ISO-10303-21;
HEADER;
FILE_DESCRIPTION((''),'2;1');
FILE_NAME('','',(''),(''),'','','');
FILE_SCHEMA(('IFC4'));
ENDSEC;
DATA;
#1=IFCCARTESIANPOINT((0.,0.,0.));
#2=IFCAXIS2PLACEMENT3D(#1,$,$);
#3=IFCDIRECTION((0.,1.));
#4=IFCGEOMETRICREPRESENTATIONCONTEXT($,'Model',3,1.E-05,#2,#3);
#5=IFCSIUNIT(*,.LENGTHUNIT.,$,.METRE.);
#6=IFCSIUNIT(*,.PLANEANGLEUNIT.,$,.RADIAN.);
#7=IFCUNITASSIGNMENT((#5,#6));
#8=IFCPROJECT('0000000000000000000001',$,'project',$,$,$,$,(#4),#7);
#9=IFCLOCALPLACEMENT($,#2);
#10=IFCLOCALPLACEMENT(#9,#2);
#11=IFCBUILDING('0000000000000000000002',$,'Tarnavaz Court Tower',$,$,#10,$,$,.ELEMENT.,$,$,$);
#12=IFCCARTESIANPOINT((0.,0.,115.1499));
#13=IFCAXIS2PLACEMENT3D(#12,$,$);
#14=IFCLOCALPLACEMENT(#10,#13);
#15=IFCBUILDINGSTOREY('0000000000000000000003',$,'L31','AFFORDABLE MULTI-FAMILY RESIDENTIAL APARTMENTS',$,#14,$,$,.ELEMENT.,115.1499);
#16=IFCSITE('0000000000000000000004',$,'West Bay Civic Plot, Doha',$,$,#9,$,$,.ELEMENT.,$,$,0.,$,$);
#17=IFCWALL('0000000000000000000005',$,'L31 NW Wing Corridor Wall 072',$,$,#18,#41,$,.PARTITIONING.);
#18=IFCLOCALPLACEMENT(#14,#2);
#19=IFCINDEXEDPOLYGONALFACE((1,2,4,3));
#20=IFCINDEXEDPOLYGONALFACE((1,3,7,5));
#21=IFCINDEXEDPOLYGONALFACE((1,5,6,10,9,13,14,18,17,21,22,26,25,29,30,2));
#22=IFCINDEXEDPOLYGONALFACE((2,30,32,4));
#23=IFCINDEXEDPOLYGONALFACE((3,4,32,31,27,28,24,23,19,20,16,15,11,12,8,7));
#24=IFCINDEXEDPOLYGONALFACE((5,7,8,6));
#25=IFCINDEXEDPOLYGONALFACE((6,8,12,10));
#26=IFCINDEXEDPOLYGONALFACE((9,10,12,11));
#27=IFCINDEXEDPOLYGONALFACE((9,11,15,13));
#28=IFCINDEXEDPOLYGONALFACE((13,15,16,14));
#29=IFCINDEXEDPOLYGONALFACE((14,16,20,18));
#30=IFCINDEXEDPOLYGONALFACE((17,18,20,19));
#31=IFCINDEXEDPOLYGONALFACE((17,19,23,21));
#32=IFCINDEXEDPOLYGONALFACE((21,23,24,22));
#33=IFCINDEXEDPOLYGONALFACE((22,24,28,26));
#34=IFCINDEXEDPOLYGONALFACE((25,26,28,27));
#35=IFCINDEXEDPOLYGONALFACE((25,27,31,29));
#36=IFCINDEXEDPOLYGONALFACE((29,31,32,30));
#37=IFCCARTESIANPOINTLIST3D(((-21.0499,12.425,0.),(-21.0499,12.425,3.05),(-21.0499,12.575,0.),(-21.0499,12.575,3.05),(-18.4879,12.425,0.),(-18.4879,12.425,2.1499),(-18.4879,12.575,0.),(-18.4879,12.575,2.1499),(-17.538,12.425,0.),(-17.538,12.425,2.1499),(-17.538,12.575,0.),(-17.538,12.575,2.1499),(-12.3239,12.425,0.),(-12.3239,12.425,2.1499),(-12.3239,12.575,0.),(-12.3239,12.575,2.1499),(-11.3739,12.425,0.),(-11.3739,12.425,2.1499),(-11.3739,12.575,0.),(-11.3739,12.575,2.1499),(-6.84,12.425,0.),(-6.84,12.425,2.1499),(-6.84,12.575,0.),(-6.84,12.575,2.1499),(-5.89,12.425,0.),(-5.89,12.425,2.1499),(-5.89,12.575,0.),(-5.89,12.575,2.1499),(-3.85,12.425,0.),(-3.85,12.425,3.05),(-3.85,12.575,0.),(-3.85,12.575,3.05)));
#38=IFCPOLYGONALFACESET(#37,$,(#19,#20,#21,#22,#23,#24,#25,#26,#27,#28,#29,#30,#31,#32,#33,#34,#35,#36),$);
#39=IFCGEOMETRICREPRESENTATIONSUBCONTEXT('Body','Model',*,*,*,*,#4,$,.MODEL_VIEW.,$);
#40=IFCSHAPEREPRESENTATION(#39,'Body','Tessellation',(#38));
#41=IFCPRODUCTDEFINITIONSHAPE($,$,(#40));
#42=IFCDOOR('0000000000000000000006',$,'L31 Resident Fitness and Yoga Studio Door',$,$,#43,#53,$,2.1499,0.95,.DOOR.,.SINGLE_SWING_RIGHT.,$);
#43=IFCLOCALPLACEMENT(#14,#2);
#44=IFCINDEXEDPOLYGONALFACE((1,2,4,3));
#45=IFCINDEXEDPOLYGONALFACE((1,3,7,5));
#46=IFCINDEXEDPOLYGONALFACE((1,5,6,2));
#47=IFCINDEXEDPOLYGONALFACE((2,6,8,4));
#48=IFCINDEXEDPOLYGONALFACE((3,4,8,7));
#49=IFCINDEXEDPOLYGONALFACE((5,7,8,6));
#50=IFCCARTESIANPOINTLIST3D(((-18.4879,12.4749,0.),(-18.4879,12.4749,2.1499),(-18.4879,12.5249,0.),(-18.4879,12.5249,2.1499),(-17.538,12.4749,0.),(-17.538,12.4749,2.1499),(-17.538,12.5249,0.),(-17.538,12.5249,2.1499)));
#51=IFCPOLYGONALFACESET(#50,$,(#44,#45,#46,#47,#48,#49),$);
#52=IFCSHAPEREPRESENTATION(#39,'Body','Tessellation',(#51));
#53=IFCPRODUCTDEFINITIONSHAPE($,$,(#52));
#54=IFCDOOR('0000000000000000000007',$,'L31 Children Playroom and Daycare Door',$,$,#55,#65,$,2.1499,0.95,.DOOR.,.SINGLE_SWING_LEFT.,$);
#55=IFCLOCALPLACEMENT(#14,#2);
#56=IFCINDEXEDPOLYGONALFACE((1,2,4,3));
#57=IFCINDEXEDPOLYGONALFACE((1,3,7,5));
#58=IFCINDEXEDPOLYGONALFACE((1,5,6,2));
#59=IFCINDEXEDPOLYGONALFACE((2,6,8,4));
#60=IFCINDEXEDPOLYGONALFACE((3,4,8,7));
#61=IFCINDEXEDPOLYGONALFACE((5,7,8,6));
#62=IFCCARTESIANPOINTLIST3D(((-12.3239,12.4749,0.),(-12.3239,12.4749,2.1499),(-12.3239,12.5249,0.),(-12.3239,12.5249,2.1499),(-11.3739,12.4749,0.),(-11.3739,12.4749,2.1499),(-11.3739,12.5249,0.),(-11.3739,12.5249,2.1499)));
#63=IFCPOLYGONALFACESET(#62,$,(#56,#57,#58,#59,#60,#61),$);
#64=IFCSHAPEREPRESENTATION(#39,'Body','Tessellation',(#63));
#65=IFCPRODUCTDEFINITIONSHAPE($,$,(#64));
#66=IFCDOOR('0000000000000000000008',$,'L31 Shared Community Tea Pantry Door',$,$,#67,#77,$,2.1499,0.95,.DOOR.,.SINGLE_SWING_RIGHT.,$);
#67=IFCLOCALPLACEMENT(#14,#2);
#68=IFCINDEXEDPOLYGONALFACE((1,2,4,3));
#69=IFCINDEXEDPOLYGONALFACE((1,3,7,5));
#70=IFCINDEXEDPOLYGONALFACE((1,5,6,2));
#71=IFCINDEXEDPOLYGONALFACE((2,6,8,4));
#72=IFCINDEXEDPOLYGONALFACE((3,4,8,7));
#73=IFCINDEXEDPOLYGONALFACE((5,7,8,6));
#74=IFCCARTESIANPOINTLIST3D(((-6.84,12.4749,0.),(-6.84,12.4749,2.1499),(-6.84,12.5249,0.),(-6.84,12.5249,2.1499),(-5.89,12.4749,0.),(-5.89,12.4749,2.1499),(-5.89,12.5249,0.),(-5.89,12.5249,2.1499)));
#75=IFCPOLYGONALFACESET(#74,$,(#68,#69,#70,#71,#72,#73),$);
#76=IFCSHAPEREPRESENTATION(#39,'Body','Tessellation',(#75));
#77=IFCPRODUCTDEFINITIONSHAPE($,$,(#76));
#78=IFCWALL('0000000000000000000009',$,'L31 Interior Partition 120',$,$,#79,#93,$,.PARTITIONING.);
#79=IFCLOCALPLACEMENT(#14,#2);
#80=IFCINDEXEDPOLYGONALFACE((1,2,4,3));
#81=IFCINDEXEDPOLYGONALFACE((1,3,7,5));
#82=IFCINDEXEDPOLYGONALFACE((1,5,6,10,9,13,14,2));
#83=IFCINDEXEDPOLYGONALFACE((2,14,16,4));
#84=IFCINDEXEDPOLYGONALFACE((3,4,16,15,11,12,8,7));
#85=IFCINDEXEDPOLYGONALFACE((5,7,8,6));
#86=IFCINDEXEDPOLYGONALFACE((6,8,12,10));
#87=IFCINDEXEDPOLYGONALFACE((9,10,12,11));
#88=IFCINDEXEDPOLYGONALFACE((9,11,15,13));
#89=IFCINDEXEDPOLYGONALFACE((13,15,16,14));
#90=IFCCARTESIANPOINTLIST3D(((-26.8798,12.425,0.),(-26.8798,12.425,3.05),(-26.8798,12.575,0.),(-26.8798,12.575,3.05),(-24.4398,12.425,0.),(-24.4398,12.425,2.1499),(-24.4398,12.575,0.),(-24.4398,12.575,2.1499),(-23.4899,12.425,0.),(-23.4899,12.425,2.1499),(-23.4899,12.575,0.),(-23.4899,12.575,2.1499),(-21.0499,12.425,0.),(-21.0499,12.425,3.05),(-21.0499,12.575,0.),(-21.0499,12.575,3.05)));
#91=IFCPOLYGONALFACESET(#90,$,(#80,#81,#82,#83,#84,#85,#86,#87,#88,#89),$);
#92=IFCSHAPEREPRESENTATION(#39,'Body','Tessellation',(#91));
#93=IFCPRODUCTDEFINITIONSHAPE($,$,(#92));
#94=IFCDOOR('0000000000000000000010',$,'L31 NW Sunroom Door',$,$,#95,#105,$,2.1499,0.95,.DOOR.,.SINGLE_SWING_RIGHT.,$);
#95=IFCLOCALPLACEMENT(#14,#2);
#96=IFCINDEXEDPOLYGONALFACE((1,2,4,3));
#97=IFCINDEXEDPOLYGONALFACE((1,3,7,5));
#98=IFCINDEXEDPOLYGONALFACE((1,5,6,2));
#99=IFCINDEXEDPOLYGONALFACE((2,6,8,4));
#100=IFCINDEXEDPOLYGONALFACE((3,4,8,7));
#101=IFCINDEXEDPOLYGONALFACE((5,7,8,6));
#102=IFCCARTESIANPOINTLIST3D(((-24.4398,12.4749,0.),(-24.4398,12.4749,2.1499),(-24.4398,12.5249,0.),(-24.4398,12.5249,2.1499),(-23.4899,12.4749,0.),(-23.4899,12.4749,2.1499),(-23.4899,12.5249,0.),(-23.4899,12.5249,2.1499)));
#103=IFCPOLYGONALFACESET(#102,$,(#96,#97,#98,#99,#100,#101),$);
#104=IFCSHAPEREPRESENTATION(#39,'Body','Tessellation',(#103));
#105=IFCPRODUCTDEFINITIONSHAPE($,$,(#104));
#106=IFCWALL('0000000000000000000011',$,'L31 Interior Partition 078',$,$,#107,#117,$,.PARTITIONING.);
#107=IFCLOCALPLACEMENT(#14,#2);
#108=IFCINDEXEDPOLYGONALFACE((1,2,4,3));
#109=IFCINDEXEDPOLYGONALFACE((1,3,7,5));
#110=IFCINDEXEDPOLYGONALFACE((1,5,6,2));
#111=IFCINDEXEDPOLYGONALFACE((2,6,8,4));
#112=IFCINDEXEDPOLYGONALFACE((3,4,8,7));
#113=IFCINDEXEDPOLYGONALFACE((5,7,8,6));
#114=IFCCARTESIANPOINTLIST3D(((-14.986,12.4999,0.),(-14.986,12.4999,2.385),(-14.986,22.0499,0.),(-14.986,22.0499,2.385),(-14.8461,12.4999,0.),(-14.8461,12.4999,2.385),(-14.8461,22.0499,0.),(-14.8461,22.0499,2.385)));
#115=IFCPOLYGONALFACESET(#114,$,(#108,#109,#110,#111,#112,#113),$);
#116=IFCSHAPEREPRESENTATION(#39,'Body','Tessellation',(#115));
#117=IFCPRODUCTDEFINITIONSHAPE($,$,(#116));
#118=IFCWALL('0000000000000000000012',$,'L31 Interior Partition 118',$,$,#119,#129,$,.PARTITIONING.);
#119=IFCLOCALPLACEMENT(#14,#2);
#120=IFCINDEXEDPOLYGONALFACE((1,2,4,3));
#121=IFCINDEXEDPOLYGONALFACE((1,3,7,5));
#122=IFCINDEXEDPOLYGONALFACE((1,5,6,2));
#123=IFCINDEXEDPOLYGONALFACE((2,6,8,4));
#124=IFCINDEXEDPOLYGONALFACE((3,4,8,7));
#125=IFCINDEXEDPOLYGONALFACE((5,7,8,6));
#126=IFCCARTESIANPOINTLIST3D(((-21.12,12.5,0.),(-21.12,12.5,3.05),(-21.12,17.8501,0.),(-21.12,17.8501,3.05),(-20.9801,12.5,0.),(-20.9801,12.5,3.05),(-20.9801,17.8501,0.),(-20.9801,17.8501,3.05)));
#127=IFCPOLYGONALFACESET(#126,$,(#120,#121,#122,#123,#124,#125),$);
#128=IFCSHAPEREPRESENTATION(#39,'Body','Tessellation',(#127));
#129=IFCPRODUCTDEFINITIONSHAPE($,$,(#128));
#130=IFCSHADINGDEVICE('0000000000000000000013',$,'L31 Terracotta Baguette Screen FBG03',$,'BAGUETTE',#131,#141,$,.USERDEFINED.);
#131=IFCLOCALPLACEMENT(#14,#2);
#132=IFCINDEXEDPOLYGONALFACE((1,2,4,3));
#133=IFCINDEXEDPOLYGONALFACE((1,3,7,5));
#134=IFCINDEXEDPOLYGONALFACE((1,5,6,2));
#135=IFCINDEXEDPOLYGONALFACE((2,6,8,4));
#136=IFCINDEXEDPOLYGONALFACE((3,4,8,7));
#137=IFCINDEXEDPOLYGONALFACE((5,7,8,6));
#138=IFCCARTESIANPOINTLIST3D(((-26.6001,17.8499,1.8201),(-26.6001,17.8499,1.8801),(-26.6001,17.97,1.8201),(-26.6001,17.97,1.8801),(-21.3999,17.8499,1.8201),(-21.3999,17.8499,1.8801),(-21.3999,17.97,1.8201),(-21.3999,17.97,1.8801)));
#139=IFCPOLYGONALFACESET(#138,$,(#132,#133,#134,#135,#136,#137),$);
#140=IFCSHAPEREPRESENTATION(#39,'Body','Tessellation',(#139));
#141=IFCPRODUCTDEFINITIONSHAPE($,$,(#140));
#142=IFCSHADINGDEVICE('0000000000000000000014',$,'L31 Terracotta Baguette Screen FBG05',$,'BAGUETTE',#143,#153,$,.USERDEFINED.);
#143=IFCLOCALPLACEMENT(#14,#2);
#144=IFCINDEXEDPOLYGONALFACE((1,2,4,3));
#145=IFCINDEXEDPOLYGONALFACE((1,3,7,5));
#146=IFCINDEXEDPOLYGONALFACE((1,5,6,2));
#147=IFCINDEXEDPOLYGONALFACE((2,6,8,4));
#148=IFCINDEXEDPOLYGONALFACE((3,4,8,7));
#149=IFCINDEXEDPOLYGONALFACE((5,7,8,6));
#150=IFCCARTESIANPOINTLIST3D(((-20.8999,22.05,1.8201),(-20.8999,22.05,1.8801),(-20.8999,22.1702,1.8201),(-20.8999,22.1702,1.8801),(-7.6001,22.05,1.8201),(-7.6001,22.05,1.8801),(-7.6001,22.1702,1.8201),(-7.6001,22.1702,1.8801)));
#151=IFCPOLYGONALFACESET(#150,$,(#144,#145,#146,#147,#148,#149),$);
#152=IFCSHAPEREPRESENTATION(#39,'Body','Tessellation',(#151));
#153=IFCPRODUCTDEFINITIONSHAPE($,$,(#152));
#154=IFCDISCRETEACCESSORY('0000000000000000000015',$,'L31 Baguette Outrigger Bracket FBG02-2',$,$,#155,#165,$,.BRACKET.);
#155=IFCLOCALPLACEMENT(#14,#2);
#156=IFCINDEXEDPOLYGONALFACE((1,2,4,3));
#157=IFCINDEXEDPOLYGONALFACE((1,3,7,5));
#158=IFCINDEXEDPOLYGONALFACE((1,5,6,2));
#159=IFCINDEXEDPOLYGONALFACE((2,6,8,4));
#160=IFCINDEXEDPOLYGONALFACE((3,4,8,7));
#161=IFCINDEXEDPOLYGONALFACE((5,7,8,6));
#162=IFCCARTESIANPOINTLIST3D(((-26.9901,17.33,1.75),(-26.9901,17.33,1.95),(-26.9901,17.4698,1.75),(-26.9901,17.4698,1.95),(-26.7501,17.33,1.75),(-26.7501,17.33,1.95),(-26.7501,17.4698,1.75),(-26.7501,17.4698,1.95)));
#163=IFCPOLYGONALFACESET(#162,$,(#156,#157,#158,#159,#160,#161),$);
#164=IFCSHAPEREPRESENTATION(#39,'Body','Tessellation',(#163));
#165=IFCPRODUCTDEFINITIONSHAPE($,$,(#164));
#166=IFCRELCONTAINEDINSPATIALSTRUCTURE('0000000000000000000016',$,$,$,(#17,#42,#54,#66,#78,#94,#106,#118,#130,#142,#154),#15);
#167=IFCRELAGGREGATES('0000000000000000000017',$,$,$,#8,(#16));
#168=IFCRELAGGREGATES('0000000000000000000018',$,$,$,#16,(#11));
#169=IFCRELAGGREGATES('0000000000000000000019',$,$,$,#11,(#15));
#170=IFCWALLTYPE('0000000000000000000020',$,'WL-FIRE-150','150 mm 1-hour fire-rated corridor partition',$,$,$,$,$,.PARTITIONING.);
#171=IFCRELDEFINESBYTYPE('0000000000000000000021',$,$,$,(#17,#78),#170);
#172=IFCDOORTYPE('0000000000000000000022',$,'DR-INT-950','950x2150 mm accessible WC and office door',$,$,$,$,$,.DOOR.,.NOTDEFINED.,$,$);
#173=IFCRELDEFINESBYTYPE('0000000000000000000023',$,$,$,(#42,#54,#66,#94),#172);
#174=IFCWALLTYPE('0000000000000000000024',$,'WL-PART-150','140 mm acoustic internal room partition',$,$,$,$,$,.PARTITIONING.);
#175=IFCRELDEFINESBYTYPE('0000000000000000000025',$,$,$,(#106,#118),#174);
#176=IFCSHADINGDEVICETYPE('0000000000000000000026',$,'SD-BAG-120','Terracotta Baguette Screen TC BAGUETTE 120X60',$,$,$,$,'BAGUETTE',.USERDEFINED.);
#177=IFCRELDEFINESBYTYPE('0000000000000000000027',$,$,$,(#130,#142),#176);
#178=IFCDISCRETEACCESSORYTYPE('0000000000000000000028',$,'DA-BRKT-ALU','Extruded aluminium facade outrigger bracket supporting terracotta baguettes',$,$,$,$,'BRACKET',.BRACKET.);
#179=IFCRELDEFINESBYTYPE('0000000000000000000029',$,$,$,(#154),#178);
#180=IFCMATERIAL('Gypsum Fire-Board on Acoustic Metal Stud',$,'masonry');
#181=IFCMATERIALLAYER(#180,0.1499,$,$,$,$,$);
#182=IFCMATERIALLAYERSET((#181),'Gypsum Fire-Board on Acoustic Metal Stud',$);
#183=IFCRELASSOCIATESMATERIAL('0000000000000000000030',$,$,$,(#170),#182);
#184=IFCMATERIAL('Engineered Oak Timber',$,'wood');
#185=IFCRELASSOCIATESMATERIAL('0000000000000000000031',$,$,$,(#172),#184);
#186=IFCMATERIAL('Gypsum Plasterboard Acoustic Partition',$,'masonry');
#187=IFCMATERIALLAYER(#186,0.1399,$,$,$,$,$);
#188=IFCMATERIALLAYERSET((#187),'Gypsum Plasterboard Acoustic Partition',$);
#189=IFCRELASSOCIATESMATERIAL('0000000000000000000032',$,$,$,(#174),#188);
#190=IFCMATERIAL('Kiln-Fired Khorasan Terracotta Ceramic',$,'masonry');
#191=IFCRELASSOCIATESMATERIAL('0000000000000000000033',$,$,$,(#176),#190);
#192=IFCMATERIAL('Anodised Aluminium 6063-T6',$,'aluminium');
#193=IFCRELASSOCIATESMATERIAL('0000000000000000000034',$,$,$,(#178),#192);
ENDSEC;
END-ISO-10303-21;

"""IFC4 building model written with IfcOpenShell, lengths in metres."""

from ifc_helpers import new_model, si_unit, direction, frame, frame_2d, origin, origin_2d, place, context, subcontext, project, spatial, rectangle, extrude, material, layer, layer_set, material_profile, profile_set, type_object, element, fill, save


model = new_model("IFC4")

# Units and contexts
model_context = context("Model", 3, precision=1e-05, world=origin(), true_north=direction((0.0, 1.0)))
body_context = subcontext(model_context, "Body", "Model", "MODEL_VIEW")
ifc_project = project(units=[si_unit("LENGTHUNIT", "METRE"), si_unit("PLANEANGLEUNIT", "RADIAN")], contexts=[model_context])

# Site, building, storey
site_placement = place(None, origin())
site = spatial("IfcSite", under=ifc_project, at=site_placement, Name="West Bay Civic Plot, Doha", CompositionType="ELEMENT", RefElevation=0.0)
building_placement = place(site_placement, origin())
building = spatial("IfcBuilding", under=site, at=building_placement, Name="Tarnavaz Court Tower", CompositionType="ELEMENT")
storey_placement = place(building_placement, frame((0.0, 0.0, 115.1499)))
storey = spatial("IfcBuildingStorey", under=building, at=storey_placement, Name="L31", Description="AFFORDABLE MULTI-FAMILY RESIDENTIAL APARTMENTS", CompositionType="ELEMENT", Elevation=115.1499)

# Wall, openings, doors
ifc_material_1 = material(Name="Gypsum Fire-Board on Acoustic Metal Stud", Category="masonry")
ifc_layer_1 = layer(ifc_material_1, 0.1499)
ifc_layer_set_1 = layer_set([ifc_layer_1], Name="Gypsum Fire-Board on Acoustic Metal Stud")
wall_type_1 = type_object("IfcWallType", Name="WL-FIRE-150", Description="150 mm 1-hour fire-rated corridor partition", PredefinedType="PARTITIONING", material=ifc_layer_set_1)
wall_1_placement = place(storey_placement, frame((-21.05, 12.5, 0.0), z_axis=(0.0, 0.0, 1.0), x_axis=(1.0, 0.0, 0.0)))
wall_1 = element("IfcWall", 1, at=wall_1_placement, inside=storey, type_object=wall_type_1, Name="L31 NW Wing Corridor Wall 072", PredefinedType="PARTITIONING", context=body_context, shape_type="SweptSolid", body=[
    extrude(rectangle(XDim=17.2, YDim=0.1499, at=frame_2d((8.6001, 0.0))), origin(), (0.0, 0.0, 1.0), 3.05),
])
opening_1_placement = place(wall_1_placement, frame((2.562, 0.0, 0.0)))
opening_1 = element("IfcOpeningElement", 2, at=opening_1_placement, cuts=wall_1, PredefinedType="OPENING", context=body_context, shape_type="SweptSolid", body=[
    extrude(rectangle(XDim=0.95, YDim=2.1499, at=frame_2d((0.4751, 1.075))), frame((0.0, 0.085, 0.0), z_axis=(0.0, -1.0, 0.0), x_axis=(1.0, 0.0, 0.0)), (0.0, 0.0, 1.0), 0.1699),
])
opening_2_placement = place(wall_1_placement, frame((8.7261, 0.0, 0.0)))
opening_2 = element("IfcOpeningElement", 3, at=opening_2_placement, cuts=wall_1, PredefinedType="OPENING", context=body_context, shape_type="SweptSolid", body=[
    extrude(rectangle(XDim=0.95, YDim=2.1499, at=frame_2d((0.4751, 1.075))), frame((0.0, 0.085, 0.0), z_axis=(0.0, -1.0, 0.0), x_axis=(1.0, 0.0, 0.0)), (0.0, 0.0, 1.0), 0.1699),
])
opening_3_placement = place(wall_1_placement, frame((14.21, 0.0, 0.0)))
opening_3 = element("IfcOpeningElement", 4, at=opening_3_placement, cuts=wall_1, PredefinedType="OPENING", context=body_context, shape_type="SweptSolid", body=[
    extrude(rectangle(XDim=0.95, YDim=2.1499, at=frame_2d((0.4751, 1.075))), frame((0.0, 0.085, 0.0), z_axis=(0.0, -1.0, 0.0), x_axis=(1.0, 0.0, 0.0)), (0.0, 0.0, 1.0), 0.1699),
])
ifc_material_2 = material(Name="Engineered Oak Timber", Category="wood")
door_type = type_object("IfcDoorType", Name="DR-INT-950", Description="950x2150 mm accessible WC and office door", OperationType="NOTDEFINED", PredefinedType="DOOR", material=ifc_material_2)
door_1_placement = place(opening_1_placement, origin())
door_1 = element("IfcDoor", 5, at=door_1_placement, inside=storey, type_object=door_type, Name="L31 Resident Fitness and Yoga Studio Door", OperationType="SINGLE_SWING_RIGHT", OverallHeight=2.1499, OverallWidth=0.95, PredefinedType="DOOR", context=body_context, shape_type="SweptSolid", body=[
    extrude(rectangle(XDim=0.95, YDim=2.1499, at=frame_2d((0.4751, 1.075))), frame((0.0, 0.0249, 0.0), z_axis=(0.0, -1.0, 0.0), x_axis=(1.0, 0.0, 0.0)), (0.0, 0.0, 1.0), 0.05),
])
fill(opening_1, door_1)
door_2_placement = place(opening_2_placement, origin())
door_2 = element("IfcDoor", 6, at=door_2_placement, inside=storey, type_object=door_type, Name="L31 Children Playroom and Daycare Door", OperationType="SINGLE_SWING_LEFT", OverallHeight=2.1499, OverallWidth=0.95, PredefinedType="DOOR", context=body_context, shape_type="SweptSolid", body=[
    extrude(rectangle(XDim=0.95, YDim=2.1499, at=frame_2d((0.4751, 1.075))), frame((0.0, 0.0249, 0.0), z_axis=(0.0, -1.0, 0.0), x_axis=(1.0, 0.0, 0.0)), (0.0, 0.0, 1.0), 0.05),
])
fill(opening_2, door_2)
door_3_placement = place(opening_3_placement, origin())
door_3 = element("IfcDoor", 7, at=door_3_placement, inside=storey, type_object=door_type, Name="L31 Shared Community Tea Pantry Door", OperationType="SINGLE_SWING_RIGHT", OverallHeight=2.1499, OverallWidth=0.95, PredefinedType="DOOR", context=body_context, shape_type="SweptSolid", body=[
    extrude(rectangle(XDim=0.95, YDim=2.1499, at=frame_2d((0.4751, 1.075))), frame((0.0, 0.0249, 0.0), z_axis=(0.0, -1.0, 0.0), x_axis=(1.0, 0.0, 0.0)), (0.0, 0.0, 1.0), 0.05),
])
fill(opening_3, door_3)

# Wall, opening, door
wall_2_placement = place(storey_placement, frame((-26.8799, 12.5, 0.0), z_axis=(0.0, 0.0, 1.0), x_axis=(1.0, 0.0, 0.0)))
wall_2 = element("IfcWall", 8, at=wall_2_placement, inside=storey, type_object=wall_type_1, Name="L31 Interior Partition 120", PredefinedType="PARTITIONING", context=body_context, shape_type="SweptSolid", body=[
    extrude(rectangle(XDim=5.8298, YDim=0.1499, at=frame_2d((2.915, 0.0))), origin(), (0.0, 0.0, 1.0), 3.05),
])
opening_4_placement = place(wall_2_placement, frame((2.4399, 0.0, 0.0)))
opening_4 = element("IfcOpeningElement", 9, at=opening_4_placement, cuts=wall_2, PredefinedType="OPENING", context=body_context, shape_type="SweptSolid", body=[
    extrude(rectangle(XDim=0.95, YDim=2.1499, at=frame_2d((0.4751, 1.075))), frame((0.0, 0.085, 0.0), z_axis=(0.0, -1.0, 0.0), x_axis=(1.0, 0.0, 0.0)), (0.0, 0.0, 1.0), 0.1699),
])
door_4_placement = place(opening_4_placement, origin())
door_4 = element("IfcDoor", 10, at=door_4_placement, inside=storey, type_object=door_type, Name="L31 NW Sunroom Door", OperationType="SINGLE_SWING_RIGHT", OverallHeight=2.1499, OverallWidth=0.95, PredefinedType="DOOR", context=body_context, shape_type="SweptSolid", body=[
    extrude(rectangle(XDim=0.95, YDim=2.1499, at=frame_2d((0.4751, 1.075))), frame((0.0, 0.0249, 0.0), z_axis=(0.0, -1.0, 0.0), x_axis=(1.0, 0.0, 0.0)), (0.0, 0.0, 1.0), 0.05),
])
fill(opening_4, door_4)

# Walls
ifc_material_3 = material(Name="Gypsum Plasterboard Acoustic Partition", Category="masonry")
ifc_layer_2 = layer(ifc_material_3, 0.1399)
ifc_layer_set_2 = layer_set([ifc_layer_2], Name="Gypsum Plasterboard Acoustic Partition")
wall_type_2 = type_object("IfcWallType", Name="WL-PART-150", Description="140 mm acoustic internal room partition", PredefinedType="PARTITIONING", material=ifc_layer_set_2)
wall_3_placement = place(storey_placement, frame((-14.916, 12.5, 0.0), z_axis=(0.0, 0.0, 1.0), x_axis=(0.0, 1.0, 0.0)))
element("IfcWall", 11, at=wall_3_placement, inside=storey, type_object=wall_type_2, Name="L31 Interior Partition 078", PredefinedType="PARTITIONING", context=body_context, shape_type="SweptSolid", body=[
    extrude(rectangle(XDim=9.55, YDim=0.1399, at=frame_2d((4.7749, 0.0))), origin(), (0.0, 0.0, 1.0), 2.385),
])
wall_4_placement = place(storey_placement, frame((-21.05, 12.5, 0.0), z_axis=(0.0, 0.0, 1.0), x_axis=(0.0, 1.0, 0.0)))
element("IfcWall", 12, at=wall_4_placement, inside=storey, type_object=wall_type_2, Name="L31 Interior Partition 118", PredefinedType="PARTITIONING", context=body_context, shape_type="SweptSolid", body=[
    extrude(rectangle(XDim=5.3501, YDim=0.1399, at=frame_2d((2.675, 0.0))), origin(), (0.0, 0.0, 1.0), 3.05),
])

# Shading devices
ifc_material_4 = material(Name="Kiln-Fired Khorasan Terracotta Ceramic", Category="masonry")
ifc_material_profile_1 = material_profile(ifc_material_4, rectangle(XDim=0.1201, YDim=0.0601, at=origin_2d()), Name="TC BAGUETTE 120X60")
ifc_profile_set_1 = profile_set([ifc_material_profile_1], Name="Kiln-Fired Khorasan Terracotta Ceramic")
shading_device_type = type_object("IfcShadingDeviceType", Name="SD-BAG-120", Description="Terracotta Baguette Screen TC BAGUETTE 120X60", ElementType="BAGUETTE", PredefinedType="USERDEFINED", material=ifc_profile_set_1)
shading_device_1_placement = place(storey_placement, frame((-26.6001, 17.9099, 1.8501), z_axis=(1.0, 0.0, 0.0), x_axis=(0.0, 1.0, 0.0)))
element("IfcShadingDevice", 13, at=shading_device_1_placement, inside=storey, type_object=shading_device_type, Name="L31 Terracotta Baguette Screen FBG03", ObjectType="BAGUETTE", PredefinedType="USERDEFINED", context=body_context, shape_type="SweptSolid", body=[
    extrude(rectangle(XDim=0.1201, YDim=0.0601, at=origin_2d()), origin(), (0.0, 0.0, 1.0), 5.2002),
])
shading_device_2_placement = place(storey_placement, frame((-20.8999, 22.1101, 1.8501), z_axis=(1.0, 0.0, 0.0), x_axis=(0.0, 1.0, 0.0)))
element("IfcShadingDevice", 14, at=shading_device_2_placement, inside=storey, type_object=shading_device_type, Name="L31 Terracotta Baguette Screen FBG05", ObjectType="BAGUETTE", PredefinedType="USERDEFINED", context=body_context, shape_type="SweptSolid", body=[
    extrude(rectangle(XDim=0.1201, YDim=0.0601, at=origin_2d()), origin(), (0.0, 0.0, 1.0), 13.2998),
])

# Discrete accessory
ifc_material_5 = material(Name="Anodised Aluminium 6063-T6", Category="aluminium")
discrete_accessory_type = type_object("IfcDiscreteAccessoryType", Name="DA-BRKT-ALU", Description="Extruded aluminium facade outrigger bracket supporting terracotta baguettes", ElementType="BRACKET", PredefinedType="BRACKET", material=ifc_material_5)
for number, where, z_axis, x_axis, name in (
    (15, (-26.8701, 17.3999, 1.75), (0.0, 0.0, 1.0), (0.0, 1.0, 0.0), "L31 Baguette Outrigger Bracket FBG02-2"),
):
    element("IfcDiscreteAccessory", number, at=place(storey_placement, frame(where, z_axis=z_axis, x_axis=x_axis)), inside=storey, type_object=discrete_accessory_type, Name=name, PredefinedType="BRACKET", context=body_context, shape_type="SweptSolid", body=[
        extrude(rectangle(XDim=0.1399, YDim=0.24, at=origin_2d()), origin(), (0.0, 0.0, 1.0), 0.2),
    ])

save(model, "model.ifc")
